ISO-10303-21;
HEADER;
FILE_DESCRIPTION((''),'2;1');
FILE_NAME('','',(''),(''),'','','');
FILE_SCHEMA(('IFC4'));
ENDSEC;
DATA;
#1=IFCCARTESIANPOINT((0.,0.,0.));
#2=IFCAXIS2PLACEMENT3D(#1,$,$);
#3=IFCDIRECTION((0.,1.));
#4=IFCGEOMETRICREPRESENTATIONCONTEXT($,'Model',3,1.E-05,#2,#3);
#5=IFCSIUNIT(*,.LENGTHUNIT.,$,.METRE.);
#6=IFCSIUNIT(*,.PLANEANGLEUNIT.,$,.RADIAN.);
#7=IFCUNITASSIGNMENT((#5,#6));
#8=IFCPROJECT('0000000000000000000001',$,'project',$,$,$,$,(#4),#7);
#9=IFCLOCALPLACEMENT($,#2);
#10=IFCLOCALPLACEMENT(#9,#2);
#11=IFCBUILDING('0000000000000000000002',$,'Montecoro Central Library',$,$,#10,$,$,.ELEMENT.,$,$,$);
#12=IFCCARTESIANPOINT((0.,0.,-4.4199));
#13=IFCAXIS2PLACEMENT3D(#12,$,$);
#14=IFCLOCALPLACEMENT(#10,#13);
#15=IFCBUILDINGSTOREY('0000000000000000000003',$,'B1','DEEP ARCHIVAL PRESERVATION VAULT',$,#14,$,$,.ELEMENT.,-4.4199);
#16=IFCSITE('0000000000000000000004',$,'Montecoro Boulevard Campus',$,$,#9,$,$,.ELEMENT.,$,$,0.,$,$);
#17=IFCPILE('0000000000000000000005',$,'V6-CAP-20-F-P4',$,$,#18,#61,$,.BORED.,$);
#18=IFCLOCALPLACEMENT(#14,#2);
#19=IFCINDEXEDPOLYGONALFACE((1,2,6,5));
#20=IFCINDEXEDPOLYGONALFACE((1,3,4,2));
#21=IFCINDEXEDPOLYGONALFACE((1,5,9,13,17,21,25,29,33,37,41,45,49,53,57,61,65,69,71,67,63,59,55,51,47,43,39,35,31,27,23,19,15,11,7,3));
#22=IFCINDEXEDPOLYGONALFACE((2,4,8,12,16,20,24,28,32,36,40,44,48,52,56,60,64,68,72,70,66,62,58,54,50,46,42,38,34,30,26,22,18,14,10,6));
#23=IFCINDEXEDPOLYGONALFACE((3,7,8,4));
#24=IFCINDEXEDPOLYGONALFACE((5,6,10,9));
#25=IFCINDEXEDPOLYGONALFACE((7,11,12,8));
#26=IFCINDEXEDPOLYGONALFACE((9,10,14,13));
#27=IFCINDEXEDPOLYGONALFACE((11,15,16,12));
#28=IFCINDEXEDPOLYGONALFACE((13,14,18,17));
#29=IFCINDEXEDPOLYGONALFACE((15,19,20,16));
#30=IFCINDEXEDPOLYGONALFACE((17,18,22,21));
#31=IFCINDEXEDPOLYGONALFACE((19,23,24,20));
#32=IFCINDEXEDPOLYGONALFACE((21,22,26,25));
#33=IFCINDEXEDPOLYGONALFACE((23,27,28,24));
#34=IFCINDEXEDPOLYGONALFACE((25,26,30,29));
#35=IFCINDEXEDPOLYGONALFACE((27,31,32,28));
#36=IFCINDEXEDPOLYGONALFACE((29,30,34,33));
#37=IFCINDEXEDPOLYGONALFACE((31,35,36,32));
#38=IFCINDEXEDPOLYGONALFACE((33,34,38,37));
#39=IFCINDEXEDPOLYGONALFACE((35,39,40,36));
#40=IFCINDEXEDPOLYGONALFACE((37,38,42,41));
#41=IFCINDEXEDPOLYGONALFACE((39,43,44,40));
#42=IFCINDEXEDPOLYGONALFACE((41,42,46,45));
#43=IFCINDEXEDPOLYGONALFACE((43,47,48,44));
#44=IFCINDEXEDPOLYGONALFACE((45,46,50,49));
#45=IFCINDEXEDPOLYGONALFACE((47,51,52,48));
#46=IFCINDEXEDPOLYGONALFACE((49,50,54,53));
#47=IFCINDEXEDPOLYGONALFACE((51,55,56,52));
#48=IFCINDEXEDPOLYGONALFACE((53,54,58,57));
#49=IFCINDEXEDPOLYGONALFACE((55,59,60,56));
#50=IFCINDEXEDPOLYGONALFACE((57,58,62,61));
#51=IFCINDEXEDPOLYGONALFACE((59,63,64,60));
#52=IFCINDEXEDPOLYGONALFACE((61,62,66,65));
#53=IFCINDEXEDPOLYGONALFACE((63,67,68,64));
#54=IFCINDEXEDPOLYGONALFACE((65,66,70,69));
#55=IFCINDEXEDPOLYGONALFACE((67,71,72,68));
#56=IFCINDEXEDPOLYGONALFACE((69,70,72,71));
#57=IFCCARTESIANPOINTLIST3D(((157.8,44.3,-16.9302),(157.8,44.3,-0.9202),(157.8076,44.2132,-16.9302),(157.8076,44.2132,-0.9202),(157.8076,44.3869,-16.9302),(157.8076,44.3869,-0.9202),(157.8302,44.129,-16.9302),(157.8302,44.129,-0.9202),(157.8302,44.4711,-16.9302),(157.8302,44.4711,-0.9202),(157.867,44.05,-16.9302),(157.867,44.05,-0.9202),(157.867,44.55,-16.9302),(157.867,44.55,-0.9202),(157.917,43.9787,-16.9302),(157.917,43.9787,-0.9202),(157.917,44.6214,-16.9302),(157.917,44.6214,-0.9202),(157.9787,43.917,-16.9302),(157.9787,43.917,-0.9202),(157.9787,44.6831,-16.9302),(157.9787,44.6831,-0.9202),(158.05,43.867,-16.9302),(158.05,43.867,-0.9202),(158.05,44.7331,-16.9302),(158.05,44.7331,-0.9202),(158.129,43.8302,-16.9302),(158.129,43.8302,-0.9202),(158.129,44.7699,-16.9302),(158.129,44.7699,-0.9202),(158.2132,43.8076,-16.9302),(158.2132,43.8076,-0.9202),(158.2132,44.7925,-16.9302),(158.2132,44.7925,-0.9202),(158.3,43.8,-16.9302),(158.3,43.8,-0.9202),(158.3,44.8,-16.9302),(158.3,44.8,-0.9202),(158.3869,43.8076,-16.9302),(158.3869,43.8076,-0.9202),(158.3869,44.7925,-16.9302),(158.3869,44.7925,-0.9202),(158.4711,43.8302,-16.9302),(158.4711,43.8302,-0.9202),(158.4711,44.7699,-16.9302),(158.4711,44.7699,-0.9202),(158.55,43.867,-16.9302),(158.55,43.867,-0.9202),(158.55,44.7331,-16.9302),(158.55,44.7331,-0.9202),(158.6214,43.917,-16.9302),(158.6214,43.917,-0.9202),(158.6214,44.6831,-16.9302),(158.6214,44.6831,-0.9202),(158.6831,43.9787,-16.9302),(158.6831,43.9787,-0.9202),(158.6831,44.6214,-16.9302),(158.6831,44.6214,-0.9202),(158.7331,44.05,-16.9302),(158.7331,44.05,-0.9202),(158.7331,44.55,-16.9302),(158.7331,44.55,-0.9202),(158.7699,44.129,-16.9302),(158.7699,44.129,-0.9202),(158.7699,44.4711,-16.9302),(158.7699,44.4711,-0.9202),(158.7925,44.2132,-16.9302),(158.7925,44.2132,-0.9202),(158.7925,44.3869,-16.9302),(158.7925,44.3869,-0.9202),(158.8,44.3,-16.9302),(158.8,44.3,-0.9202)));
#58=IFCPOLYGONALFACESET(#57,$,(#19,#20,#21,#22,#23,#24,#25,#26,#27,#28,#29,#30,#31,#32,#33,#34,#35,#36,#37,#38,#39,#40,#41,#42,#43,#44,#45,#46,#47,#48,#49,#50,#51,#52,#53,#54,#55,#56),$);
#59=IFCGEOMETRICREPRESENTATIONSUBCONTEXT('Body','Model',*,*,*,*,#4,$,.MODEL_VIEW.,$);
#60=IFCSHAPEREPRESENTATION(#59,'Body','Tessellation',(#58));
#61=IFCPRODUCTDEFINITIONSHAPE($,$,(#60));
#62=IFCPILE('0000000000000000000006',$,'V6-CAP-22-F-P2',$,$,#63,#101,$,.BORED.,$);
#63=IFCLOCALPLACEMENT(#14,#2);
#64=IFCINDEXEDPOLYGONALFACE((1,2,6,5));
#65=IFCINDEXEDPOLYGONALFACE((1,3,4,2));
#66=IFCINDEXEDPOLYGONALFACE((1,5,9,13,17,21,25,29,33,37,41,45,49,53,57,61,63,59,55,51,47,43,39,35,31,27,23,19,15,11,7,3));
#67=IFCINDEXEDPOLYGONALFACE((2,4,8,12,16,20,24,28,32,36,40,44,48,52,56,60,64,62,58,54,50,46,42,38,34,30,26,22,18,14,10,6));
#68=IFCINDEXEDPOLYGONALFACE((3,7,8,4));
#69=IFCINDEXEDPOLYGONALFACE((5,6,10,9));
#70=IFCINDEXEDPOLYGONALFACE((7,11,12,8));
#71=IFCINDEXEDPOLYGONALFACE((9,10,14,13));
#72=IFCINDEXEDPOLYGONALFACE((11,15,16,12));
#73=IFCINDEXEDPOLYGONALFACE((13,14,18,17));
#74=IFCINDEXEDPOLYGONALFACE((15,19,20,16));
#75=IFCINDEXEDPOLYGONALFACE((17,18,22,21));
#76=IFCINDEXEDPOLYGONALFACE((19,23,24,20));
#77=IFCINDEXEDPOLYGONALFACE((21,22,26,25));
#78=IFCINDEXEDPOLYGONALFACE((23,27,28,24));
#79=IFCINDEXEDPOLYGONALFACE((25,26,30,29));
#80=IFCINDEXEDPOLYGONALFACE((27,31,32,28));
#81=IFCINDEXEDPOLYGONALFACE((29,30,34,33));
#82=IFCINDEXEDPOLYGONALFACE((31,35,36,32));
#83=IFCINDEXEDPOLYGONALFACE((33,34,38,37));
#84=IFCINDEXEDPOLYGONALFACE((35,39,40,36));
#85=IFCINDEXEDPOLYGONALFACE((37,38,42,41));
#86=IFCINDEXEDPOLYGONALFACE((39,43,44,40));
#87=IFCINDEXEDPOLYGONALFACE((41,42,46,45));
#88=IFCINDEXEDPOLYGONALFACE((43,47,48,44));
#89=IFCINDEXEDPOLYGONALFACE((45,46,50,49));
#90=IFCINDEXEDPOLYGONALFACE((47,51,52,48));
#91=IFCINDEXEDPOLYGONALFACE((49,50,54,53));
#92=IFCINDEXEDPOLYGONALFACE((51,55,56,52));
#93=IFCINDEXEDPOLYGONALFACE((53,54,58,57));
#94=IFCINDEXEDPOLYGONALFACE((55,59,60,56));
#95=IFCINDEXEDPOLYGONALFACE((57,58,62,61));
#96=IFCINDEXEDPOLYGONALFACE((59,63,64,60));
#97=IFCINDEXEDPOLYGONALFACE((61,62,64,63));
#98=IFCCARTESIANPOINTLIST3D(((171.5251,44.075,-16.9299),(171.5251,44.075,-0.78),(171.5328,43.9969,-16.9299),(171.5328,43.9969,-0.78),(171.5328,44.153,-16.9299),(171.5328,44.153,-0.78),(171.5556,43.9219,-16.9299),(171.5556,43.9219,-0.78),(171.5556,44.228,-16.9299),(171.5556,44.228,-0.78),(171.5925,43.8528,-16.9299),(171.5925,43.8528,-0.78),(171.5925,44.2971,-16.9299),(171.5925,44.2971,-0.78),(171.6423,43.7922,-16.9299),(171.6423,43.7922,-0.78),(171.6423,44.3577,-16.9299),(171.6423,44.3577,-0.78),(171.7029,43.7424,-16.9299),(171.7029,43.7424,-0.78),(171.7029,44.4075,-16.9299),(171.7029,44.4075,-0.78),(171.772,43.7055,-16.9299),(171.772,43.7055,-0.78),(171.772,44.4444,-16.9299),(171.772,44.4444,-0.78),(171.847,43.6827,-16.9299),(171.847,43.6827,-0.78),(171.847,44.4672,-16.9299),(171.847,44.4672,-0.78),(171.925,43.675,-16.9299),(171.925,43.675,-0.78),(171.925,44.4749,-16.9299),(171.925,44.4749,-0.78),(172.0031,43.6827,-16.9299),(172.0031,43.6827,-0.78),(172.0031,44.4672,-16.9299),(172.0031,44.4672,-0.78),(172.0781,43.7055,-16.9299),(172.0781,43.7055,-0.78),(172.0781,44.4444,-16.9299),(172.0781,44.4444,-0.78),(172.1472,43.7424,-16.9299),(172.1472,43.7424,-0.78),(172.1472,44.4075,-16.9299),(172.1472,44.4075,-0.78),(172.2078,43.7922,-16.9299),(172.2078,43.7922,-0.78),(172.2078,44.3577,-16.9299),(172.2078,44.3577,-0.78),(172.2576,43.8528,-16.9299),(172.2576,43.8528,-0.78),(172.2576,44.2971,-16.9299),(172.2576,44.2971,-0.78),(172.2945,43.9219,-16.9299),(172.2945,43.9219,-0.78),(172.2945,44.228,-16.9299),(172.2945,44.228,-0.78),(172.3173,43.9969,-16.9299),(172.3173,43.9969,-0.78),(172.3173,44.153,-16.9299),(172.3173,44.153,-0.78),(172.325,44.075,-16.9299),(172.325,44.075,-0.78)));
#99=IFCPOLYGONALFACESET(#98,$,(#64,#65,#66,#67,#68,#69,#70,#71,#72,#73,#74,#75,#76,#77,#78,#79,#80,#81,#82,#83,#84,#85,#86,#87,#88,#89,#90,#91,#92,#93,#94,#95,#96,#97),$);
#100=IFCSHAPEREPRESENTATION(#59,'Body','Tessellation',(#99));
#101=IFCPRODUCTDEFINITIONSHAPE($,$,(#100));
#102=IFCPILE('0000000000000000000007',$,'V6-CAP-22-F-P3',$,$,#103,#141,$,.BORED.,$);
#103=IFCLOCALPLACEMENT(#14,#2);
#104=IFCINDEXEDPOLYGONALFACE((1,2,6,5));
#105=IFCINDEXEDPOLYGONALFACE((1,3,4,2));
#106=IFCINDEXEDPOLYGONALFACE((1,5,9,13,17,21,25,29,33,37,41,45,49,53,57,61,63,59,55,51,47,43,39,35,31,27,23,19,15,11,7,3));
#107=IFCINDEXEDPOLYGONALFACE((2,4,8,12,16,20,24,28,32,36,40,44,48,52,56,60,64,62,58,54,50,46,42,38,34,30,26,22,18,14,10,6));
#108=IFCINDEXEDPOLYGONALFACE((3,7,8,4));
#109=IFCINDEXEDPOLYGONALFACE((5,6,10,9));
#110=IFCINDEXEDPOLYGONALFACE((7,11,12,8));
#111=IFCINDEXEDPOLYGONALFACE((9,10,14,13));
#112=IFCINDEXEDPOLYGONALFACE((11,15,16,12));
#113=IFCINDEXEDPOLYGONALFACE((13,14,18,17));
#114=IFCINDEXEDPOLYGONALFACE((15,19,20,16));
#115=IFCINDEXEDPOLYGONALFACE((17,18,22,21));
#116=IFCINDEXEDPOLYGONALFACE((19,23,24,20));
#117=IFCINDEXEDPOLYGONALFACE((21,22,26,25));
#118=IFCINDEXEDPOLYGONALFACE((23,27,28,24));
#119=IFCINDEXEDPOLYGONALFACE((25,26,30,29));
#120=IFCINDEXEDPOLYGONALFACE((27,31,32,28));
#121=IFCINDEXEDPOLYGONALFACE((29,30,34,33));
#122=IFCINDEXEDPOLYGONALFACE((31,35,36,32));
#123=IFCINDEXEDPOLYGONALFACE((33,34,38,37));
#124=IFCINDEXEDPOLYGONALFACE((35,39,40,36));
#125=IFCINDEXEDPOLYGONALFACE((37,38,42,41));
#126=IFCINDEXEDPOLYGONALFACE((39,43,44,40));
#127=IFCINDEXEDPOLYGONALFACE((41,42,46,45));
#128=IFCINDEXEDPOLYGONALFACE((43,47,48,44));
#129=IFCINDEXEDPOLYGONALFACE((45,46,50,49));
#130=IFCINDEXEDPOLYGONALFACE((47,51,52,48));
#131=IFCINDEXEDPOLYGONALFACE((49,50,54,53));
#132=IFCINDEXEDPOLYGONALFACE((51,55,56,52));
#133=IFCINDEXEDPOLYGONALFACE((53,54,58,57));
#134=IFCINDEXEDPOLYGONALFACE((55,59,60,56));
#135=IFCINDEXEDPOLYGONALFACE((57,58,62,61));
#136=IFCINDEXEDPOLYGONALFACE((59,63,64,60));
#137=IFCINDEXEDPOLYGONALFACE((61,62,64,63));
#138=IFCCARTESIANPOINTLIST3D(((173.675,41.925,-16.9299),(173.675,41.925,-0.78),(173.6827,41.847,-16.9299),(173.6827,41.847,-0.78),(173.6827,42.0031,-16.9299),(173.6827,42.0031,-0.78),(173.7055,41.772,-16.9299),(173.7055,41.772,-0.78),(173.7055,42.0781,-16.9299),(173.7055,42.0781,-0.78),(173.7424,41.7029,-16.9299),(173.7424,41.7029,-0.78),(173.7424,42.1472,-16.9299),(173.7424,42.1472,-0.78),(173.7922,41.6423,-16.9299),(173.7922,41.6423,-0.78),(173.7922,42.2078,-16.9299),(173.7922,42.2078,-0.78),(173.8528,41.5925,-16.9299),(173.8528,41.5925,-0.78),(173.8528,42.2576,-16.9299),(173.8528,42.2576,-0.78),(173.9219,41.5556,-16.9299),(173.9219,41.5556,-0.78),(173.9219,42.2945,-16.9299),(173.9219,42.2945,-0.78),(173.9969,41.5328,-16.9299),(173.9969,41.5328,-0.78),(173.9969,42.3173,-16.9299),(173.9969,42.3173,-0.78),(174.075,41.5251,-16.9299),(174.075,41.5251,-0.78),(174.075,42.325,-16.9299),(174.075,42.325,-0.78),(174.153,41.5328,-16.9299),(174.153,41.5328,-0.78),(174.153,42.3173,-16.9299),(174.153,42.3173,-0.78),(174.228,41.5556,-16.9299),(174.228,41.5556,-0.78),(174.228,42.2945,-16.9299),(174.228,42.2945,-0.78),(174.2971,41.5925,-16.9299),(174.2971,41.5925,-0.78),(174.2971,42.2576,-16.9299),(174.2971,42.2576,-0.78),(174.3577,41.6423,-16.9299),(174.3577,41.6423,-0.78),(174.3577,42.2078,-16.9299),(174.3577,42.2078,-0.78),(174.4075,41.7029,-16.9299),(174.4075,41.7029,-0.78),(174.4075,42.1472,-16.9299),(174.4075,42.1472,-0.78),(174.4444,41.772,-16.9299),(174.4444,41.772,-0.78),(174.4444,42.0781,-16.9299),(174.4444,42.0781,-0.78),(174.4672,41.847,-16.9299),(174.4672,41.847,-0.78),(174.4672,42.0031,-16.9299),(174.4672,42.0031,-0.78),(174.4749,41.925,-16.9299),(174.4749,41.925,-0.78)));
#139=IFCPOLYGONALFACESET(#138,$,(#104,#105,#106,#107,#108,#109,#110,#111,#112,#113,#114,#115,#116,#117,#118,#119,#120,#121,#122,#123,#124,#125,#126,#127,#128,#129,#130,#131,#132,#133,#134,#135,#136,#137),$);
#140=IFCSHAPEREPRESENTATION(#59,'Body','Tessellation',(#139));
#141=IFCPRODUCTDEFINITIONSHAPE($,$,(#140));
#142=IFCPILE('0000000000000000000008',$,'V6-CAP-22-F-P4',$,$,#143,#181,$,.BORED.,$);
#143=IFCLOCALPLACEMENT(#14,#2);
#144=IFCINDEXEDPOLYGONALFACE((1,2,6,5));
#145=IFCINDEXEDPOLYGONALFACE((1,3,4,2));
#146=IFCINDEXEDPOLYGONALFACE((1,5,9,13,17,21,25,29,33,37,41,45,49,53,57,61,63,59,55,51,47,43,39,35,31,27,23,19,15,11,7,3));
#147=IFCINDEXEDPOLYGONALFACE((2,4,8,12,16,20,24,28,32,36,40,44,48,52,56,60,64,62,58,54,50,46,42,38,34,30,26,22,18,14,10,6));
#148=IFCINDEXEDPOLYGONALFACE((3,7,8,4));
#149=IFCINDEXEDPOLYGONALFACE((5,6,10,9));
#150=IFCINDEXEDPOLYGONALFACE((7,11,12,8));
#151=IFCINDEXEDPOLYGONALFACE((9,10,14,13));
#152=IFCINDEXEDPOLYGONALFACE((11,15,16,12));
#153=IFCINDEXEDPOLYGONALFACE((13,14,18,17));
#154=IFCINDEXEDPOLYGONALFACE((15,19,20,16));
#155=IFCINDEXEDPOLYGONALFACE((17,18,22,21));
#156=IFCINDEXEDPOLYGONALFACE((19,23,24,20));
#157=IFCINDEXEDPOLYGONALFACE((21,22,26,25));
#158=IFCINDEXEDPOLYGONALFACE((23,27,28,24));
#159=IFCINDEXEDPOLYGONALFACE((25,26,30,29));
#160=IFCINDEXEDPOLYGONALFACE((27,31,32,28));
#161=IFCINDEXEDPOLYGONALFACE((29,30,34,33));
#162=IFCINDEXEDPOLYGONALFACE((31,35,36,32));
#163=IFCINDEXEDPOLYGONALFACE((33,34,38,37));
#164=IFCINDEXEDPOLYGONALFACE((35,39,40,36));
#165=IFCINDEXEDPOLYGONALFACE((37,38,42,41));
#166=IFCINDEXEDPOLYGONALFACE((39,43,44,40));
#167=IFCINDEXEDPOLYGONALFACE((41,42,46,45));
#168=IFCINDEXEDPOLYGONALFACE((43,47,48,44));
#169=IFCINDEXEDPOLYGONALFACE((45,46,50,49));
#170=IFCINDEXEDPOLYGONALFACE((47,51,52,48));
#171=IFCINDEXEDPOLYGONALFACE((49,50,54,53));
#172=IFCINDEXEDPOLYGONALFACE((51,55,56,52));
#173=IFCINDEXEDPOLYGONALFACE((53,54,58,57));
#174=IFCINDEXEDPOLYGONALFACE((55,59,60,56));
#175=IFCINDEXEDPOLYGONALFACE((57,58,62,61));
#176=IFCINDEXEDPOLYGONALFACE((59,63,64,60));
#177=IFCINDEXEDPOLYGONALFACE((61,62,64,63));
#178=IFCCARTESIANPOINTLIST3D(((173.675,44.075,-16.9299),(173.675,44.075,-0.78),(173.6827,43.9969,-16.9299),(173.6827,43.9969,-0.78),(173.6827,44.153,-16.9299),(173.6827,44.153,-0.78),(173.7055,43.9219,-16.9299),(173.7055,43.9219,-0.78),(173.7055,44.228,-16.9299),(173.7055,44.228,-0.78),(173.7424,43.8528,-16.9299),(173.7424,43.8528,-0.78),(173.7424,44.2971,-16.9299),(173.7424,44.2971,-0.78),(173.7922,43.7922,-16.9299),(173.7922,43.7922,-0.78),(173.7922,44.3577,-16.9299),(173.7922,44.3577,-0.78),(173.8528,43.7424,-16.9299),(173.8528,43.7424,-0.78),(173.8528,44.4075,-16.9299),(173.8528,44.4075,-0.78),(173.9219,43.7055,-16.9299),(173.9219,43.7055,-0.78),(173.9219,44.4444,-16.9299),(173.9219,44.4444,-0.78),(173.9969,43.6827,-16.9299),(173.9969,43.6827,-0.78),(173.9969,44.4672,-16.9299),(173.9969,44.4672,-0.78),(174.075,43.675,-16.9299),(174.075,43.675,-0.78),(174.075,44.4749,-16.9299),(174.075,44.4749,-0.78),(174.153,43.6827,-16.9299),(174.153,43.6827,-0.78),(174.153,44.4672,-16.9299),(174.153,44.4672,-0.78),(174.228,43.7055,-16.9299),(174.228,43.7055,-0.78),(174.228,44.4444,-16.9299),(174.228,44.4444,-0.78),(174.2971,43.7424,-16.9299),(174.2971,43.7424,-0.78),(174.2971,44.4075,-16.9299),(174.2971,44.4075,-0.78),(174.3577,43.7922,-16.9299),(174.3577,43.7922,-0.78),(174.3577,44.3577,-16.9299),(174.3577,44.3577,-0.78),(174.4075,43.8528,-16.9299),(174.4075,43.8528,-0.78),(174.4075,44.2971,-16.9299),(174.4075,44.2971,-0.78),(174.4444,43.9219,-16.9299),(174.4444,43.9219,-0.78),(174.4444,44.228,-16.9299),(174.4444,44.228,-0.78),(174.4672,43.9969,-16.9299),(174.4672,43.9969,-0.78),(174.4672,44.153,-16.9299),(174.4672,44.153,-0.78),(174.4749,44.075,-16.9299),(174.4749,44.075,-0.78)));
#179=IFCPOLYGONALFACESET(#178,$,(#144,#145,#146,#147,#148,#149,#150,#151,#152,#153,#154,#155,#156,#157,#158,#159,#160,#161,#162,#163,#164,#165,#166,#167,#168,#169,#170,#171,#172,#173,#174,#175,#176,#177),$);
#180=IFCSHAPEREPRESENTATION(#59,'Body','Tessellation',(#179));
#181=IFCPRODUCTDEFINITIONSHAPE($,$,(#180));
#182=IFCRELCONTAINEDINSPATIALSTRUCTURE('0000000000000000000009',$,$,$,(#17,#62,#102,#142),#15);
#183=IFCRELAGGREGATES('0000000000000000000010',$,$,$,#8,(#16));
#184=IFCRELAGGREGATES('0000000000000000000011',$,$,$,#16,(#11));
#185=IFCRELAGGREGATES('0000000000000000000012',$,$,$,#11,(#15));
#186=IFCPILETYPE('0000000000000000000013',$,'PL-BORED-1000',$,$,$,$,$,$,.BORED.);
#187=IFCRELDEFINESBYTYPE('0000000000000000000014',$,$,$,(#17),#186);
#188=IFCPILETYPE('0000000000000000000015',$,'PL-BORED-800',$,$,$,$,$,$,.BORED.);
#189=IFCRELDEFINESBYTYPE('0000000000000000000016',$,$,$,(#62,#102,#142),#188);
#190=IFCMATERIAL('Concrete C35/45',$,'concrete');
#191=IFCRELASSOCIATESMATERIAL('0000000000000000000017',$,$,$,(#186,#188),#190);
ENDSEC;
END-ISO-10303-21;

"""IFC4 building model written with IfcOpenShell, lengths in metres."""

from ifc_helpers import new_model, si_unit, direction, frame, origin, origin_2d, place, context, subcontext, project, spatial, circle, extrude, material, material_profile, profile_set, type_object, element, save


model = new_model("IFC4")

# Units and contexts
model_context = context("Model", 3, precision=1e-05, world=origin(), true_north=direction((0.0, 1.0)))
body_context = subcontext(model_context, "Body", "Model", "MODEL_VIEW")
ifc_project = project(units=[si_unit("LENGTHUNIT", "METRE"), si_unit("PLANEANGLEUNIT", "RADIAN")], contexts=[model_context])

# Site, building, storey
site_placement = place(None, origin())
site = spatial("IfcSite", under=ifc_project, at=site_placement, Name="Montecoro Boulevard Campus", CompositionType="ELEMENT", RefElevation=0.0)
building_placement = place(site_placement, origin())
building = spatial("IfcBuilding", under=site, at=building_placement, Name="Montecoro Central Library", CompositionType="ELEMENT")
storey_placement = place(building_placement, frame((0.0, 0.0, -4.4199)))
storey = spatial("IfcBuildingStorey", under=building, at=storey_placement, Name="B1", Description="DEEP ARCHIVAL PRESERVATION VAULT", CompositionType="ELEMENT", Elevation=-4.4199)

# Shared definitions
ifc_material_1 = material(Name="Concrete C35/45", Category="concrete")

# Piles
ifc_material_profile_1 = material_profile(ifc_material_1, circle(Radius=0.5, at=origin_2d()), Name="PILE D1000")
ifc_profile_set_1 = profile_set([ifc_material_profile_1], Name="Concrete C35/45")
pile_type_1 = type_object("IfcPileType", Name="PL-BORED-1000", PredefinedType="BORED", material=ifc_profile_set_1)
for number, where, z_axis, x_axis, name in (
    (1, (158.3, 44.3, -0.9202), (0.0, 0.0, -1.0), (1.0, 0.0, 0.0), "V6-CAP-20-F-P4"),
):
    element("IfcPile", number, at=place(storey_placement, frame(where, z_axis=z_axis, x_axis=x_axis)), inside=storey, type_object=pile_type_1, Name=name, PredefinedType="BORED", context=body_context, shape_type="SweptSolid", body=[
        extrude(circle(Radius=0.5, at=origin_2d()), origin(), (0.0, 0.0, 1.0), 16.01),
    ])
ifc_material_profile_2 = material_profile(ifc_material_1, circle(Radius=0.3999, at=origin_2d()), Name="PILE D800")
ifc_profile_set_2 = profile_set([ifc_material_profile_2], Name="Concrete C35/45")
pile_type_2 = type_object("IfcPileType", Name="PL-BORED-800", PredefinedType="BORED", material=ifc_profile_set_2)
for number, where, z_axis, x_axis, name in (
    (2, (171.925, 44.075, -0.78), (0.0, 0.0, -1.0), (1.0, 0.0, 0.0), "V6-CAP-22-F-P2"),
    (3, (174.075, 41.925, -0.78), (0.0, 0.0, -1.0), (1.0, 0.0, 0.0), "V6-CAP-22-F-P3"),
    (4, (174.075, 44.075, -0.78), (0.0, 0.0, -1.0), (1.0, 0.0, 0.0), "V6-CAP-22-F-P4"),
):
    element("IfcPile", number, at=place(storey_placement, frame(where, z_axis=z_axis, x_axis=x_axis)), inside=storey, type_object=pile_type_2, Name=name, PredefinedType="BORED", context=body_context, shape_type="SweptSolid", body=[
        extrude(circle(Radius=0.3999, at=origin_2d()), origin(), (0.0, 0.0, 1.0), 16.1499),
    ])

save(model, "model.ifc")
